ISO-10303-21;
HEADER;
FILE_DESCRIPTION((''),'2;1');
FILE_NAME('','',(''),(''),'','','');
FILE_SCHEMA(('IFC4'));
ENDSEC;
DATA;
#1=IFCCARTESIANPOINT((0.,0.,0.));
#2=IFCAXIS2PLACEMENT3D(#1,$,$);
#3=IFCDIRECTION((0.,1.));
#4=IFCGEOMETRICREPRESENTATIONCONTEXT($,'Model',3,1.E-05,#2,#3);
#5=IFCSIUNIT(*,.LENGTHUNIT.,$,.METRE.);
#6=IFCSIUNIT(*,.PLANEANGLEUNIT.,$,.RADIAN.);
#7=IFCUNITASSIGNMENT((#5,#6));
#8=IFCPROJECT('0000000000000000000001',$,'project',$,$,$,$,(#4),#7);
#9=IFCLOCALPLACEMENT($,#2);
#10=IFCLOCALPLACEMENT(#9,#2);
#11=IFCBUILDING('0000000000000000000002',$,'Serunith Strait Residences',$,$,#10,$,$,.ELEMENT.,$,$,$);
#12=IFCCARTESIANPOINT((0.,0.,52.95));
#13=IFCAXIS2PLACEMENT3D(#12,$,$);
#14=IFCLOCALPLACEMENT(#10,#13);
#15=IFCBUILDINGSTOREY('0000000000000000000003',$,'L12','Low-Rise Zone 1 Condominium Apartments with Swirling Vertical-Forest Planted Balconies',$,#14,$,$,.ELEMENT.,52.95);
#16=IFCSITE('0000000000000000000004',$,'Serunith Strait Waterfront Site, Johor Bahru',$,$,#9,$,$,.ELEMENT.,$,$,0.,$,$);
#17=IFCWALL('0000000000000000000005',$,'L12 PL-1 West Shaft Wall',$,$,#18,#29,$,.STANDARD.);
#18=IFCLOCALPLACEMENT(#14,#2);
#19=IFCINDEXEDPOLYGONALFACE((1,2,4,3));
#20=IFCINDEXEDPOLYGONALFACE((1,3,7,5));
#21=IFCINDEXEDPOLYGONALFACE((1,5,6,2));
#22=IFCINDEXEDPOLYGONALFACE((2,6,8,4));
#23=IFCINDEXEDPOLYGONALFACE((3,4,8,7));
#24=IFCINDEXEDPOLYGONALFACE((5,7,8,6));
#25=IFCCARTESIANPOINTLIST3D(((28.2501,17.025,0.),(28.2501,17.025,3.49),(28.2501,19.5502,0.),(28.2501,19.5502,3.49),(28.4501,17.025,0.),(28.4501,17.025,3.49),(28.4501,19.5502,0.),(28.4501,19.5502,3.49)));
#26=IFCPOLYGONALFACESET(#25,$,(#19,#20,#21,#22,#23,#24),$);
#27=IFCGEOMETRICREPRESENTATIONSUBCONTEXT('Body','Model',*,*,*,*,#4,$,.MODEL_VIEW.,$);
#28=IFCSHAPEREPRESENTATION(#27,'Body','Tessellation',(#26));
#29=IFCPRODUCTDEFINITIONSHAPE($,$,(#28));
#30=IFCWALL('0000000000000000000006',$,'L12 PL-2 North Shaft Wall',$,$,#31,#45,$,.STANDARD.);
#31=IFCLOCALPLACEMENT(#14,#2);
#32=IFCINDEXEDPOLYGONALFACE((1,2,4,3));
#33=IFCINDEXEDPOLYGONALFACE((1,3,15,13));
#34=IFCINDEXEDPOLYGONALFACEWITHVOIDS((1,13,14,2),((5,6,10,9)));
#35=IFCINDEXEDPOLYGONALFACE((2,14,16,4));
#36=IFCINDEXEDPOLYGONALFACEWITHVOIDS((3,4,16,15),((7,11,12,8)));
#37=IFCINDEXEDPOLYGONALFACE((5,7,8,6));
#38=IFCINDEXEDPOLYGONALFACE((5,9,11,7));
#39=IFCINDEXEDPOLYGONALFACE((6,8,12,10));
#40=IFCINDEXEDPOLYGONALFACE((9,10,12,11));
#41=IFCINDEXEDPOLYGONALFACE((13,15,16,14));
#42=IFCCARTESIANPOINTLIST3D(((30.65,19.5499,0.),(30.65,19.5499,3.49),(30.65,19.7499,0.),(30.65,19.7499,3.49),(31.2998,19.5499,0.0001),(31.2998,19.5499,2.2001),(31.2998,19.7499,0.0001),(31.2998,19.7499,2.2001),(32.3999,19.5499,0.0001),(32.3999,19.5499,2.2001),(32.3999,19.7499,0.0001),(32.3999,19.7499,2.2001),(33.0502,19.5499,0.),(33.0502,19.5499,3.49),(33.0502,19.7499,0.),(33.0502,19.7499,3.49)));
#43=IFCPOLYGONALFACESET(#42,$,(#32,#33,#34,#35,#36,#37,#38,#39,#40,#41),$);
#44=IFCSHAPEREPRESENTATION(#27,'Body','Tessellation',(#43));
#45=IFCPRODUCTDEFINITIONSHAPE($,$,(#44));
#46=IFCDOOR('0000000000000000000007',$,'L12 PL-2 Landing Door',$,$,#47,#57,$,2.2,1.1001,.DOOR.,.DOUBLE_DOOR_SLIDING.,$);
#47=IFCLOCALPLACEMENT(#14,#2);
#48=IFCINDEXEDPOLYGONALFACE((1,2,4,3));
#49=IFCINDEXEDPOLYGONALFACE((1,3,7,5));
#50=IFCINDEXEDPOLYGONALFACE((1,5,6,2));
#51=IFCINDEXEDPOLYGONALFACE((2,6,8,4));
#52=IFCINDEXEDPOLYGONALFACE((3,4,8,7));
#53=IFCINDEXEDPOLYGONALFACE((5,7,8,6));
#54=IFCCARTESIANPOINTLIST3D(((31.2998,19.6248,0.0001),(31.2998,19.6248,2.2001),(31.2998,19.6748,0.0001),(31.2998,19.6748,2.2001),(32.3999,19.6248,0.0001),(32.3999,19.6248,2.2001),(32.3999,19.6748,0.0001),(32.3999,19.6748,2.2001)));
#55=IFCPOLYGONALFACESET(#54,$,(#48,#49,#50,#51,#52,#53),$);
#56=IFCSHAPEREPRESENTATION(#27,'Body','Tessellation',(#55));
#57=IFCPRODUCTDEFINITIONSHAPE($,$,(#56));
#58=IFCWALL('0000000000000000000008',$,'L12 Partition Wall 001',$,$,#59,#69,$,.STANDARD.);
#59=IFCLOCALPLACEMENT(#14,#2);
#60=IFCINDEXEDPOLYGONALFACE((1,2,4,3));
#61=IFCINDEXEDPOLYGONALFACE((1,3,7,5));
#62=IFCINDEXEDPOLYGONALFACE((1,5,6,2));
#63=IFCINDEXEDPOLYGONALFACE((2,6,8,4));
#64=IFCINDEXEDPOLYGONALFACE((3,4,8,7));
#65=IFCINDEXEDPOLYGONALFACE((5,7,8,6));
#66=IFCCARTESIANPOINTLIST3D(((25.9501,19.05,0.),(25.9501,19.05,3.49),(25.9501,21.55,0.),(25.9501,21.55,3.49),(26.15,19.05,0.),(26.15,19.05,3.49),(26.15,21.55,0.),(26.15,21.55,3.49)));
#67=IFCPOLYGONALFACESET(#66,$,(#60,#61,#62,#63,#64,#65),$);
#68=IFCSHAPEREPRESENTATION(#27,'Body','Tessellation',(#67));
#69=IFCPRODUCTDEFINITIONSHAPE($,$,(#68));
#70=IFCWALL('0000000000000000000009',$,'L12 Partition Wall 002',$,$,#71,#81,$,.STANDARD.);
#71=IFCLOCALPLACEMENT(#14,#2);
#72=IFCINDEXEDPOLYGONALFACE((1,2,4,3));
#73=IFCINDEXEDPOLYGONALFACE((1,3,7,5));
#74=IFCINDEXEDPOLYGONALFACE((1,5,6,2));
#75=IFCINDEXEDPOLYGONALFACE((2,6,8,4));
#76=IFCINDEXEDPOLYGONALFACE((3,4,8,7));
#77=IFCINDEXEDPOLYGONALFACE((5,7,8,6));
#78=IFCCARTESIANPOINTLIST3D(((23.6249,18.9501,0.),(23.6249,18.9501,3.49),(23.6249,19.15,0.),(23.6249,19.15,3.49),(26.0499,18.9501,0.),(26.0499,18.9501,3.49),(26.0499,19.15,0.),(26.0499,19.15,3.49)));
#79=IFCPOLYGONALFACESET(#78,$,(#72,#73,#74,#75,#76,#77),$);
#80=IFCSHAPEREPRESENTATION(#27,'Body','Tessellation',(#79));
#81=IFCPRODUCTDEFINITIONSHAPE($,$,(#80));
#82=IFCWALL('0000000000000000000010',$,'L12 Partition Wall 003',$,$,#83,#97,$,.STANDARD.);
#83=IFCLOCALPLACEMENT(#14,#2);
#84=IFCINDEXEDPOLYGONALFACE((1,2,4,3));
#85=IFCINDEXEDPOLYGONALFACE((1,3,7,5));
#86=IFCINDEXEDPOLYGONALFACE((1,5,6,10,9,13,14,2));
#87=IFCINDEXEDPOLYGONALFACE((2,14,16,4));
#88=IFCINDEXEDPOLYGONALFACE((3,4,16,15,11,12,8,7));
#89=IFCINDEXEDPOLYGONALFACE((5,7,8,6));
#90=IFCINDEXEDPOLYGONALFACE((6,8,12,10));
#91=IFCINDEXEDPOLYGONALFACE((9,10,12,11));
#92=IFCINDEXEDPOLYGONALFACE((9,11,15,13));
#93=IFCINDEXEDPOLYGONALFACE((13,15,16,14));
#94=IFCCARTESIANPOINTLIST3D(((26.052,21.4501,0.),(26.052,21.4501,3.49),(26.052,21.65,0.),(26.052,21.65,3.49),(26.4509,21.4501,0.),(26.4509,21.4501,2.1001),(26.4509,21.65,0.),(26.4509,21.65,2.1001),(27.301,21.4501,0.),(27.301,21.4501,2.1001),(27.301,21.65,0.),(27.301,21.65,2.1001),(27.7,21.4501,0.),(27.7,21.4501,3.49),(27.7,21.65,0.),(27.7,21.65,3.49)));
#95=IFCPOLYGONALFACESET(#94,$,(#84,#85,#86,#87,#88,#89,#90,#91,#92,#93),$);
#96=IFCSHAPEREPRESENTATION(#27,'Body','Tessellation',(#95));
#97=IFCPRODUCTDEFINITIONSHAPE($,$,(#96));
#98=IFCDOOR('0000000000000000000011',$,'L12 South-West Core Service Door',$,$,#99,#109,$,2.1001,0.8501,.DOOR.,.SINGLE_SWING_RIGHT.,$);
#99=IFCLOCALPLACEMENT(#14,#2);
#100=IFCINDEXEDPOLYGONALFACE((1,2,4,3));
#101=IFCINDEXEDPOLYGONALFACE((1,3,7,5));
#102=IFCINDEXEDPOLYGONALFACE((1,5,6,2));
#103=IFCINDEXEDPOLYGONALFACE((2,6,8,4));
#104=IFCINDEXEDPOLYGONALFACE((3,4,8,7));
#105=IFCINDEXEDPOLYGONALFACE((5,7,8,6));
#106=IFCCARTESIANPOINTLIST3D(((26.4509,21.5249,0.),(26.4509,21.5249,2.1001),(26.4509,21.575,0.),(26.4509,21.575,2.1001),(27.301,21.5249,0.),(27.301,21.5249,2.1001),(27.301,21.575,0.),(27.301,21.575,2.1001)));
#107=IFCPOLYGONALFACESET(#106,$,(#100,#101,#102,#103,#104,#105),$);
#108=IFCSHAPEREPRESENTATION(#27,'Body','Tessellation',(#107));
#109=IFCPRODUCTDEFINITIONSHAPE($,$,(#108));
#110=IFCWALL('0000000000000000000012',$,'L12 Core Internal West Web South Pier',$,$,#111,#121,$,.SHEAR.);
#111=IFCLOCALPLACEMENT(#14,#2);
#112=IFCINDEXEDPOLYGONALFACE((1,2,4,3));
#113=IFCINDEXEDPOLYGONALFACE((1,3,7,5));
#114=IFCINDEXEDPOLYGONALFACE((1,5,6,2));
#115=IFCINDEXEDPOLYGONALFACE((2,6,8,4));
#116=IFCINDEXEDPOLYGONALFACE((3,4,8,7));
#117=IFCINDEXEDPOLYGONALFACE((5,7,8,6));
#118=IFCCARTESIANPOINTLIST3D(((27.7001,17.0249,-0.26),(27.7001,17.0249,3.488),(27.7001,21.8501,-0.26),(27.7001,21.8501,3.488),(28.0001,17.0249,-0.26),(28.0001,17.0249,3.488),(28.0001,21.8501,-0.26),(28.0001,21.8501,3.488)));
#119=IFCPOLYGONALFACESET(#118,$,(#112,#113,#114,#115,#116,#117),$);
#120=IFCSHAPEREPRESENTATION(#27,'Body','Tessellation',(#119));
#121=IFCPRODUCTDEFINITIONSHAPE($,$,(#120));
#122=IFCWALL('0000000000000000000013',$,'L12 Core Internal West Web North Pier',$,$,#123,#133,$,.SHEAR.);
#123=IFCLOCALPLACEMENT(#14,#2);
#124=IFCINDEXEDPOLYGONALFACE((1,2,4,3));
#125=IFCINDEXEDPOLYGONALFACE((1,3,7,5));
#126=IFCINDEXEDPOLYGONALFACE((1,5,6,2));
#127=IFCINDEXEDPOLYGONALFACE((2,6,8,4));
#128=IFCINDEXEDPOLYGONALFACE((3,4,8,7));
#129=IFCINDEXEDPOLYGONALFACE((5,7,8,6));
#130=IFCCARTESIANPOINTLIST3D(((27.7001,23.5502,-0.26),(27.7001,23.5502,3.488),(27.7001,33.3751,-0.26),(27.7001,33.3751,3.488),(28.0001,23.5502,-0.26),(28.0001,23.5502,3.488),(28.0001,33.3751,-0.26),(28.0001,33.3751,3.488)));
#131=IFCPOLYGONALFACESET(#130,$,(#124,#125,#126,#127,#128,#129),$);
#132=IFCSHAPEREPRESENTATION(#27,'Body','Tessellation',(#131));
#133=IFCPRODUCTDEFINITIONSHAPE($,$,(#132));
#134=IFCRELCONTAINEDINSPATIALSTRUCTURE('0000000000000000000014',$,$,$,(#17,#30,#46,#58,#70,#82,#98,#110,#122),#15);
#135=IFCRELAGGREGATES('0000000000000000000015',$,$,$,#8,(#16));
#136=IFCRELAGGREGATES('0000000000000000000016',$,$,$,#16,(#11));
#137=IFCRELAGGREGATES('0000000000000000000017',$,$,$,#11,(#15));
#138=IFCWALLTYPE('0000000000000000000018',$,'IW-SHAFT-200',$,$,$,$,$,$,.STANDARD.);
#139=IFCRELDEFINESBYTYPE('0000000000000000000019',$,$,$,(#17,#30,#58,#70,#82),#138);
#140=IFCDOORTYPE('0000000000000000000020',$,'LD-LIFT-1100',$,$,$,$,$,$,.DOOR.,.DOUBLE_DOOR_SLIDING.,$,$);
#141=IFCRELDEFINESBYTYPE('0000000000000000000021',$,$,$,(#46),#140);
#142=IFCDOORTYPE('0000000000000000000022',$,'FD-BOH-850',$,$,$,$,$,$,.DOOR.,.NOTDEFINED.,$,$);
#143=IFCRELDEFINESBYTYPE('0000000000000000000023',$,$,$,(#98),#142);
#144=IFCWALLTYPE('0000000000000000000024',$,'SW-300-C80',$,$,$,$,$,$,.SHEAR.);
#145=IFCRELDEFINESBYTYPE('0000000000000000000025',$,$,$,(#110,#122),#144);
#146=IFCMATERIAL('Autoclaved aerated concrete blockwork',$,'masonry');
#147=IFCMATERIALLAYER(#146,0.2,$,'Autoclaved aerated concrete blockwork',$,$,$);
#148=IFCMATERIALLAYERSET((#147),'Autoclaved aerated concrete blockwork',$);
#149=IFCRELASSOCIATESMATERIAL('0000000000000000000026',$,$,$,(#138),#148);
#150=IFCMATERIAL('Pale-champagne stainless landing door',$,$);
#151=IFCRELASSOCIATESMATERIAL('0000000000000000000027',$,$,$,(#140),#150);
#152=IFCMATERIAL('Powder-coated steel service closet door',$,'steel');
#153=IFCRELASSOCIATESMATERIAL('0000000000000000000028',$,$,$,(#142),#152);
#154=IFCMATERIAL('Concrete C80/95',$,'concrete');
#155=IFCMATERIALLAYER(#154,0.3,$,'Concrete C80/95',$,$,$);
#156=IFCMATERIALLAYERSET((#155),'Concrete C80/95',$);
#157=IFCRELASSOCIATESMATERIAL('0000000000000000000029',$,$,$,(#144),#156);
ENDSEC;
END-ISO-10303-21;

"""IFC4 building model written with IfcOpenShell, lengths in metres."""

from ifc_helpers import new_model, si_unit, direction, frame, frame_2d, origin, place, context, subcontext, project, spatial, rectangle, extrude, source, transform, mapped, material, layer, layer_set, type_object, element, fill, save


model = new_model("IFC4")

# Units and contexts
model_context = context("Model", 3, precision=1e-05, world=origin(), true_north=direction((0.0, 1.0)))
body_context = subcontext(model_context, "Body", "Model", "MODEL_VIEW")
ifc_project = project(units=[si_unit("LENGTHUNIT", "METRE"), si_unit("PLANEANGLEUNIT", "RADIAN")], contexts=[model_context])

# Site, building, storey
site_placement = place(None, origin())
site = spatial("IfcSite", under=ifc_project, at=site_placement, Name="Serunith Strait Waterfront Site, Johor Bahru", CompositionType="ELEMENT", RefElevation=0.0)
building_placement = place(site_placement, origin())
building = spatial("IfcBuilding", under=site, at=building_placement, Name="Serunith Strait Residences", CompositionType="ELEMENT")
storey_placement = place(building_placement, frame((0.0, 0.0, 52.95)))
storey = spatial("IfcBuildingStorey", under=building, at=storey_placement, Name="L12", Description="Low-Rise Zone 1 Condominium Apartments with Swirling Vertical-Forest Planted Balconies", CompositionType="ELEMENT", Elevation=52.95)

# Shared definitions
ifc_material_1 = material(Name="Autoclaved aerated concrete blockwork", Category="masonry")
ifc_layer_1 = layer(ifc_material_1, 0.2, Name="Autoclaved aerated concrete blockwork")
ifc_layer_set_1 = layer_set([ifc_layer_1], Name="Autoclaved aerated concrete blockwork")
wall_type_1 = type_object("IfcWallType", Name="IW-SHAFT-200", PredefinedType="STANDARD", material=ifc_layer_set_1)
ifc_material_2 = material(Name="Pale-champagne stainless landing door")
door_type_1 = type_object("IfcDoorType", Name="LD-LIFT-1100", OperationType="DOUBLE_DOOR_SLIDING", PredefinedType="DOOR", material=ifc_material_2)
shared_shape_1 = source(origin(), body_context, "Body", "SweptSolid", [
    extrude(rectangle(XDim=1.1001, YDim=2.2, at=frame_2d((0.55, 1.1001))), frame((0.0, 0.0249, 0.0), z_axis=(0.0, -1.0, 0.0), x_axis=(1.0, 0.0, 0.0)), (0.0, 0.0, 1.0), 0.05),
])

# Wall
wall_1_placement = place(storey_placement, frame((28.3501, 17.0249, 0.0), z_axis=(0.0, 0.0, 1.0), x_axis=(0.0, 1.0, 0.0)))
element("IfcWall", 1, at=wall_1_placement, inside=storey, type_object=wall_type_1, Name="L12 PL-1 West Shaft Wall", PredefinedType="STANDARD", context=body_context, shape_type="SweptSolid", body=[
    extrude(rectangle(XDim=2.5251, YDim=0.2, at=frame_2d((1.2627, 0.0))), origin(), (0.0, 0.0, 1.0), 3.49),
])

# Wall, opening, door
wall_2_placement = place(storey_placement, frame((30.6499, 19.6499, 0.0), z_axis=(0.0, 0.0, 1.0), x_axis=(1.0, 0.0, 0.0)))
wall_2 = element("IfcWall", 2, at=wall_2_placement, inside=storey, type_object=wall_type_1, Name="L12 PL-2 North Shaft Wall", PredefinedType="STANDARD", context=body_context, shape_type="SweptSolid", body=[
    extrude(rectangle(XDim=2.4001, YDim=0.2, at=frame_2d((1.2002, 0.0))), origin(), (0.0, 0.0, 1.0), 3.49),
])
opening_1_placement = place(wall_2_placement, frame((0.6499, 0.0, 0.0)))
opening_1 = element("IfcOpeningElement", 3, at=opening_1_placement, cuts=wall_2, PredefinedType="OPENING", context=body_context, shape_type="SweptSolid", body=[
    extrude(rectangle(XDim=1.1001, YDim=2.2, at=frame_2d((0.55, 1.1001))), frame((0.0, 0.1099, 0.0), z_axis=(0.0, -1.0, 0.0), x_axis=(1.0, 0.0, 0.0)), (0.0, 0.0, 1.0), 0.22),
])
door_1_placement = place(opening_1_placement, origin())
door_1 = element("IfcDoor", 4, at=door_1_placement, inside=storey, type_object=door_type_1, Name="L12 PL-2 Landing Door", OperationType="DOUBLE_DOOR_SLIDING", OverallHeight=2.2, OverallWidth=1.1001, PredefinedType="DOOR", context=body_context, shape_type="MappedRepresentation", body=[
    mapped(shared_shape_1, transform((0.0, 0.0, 0.0), scale=1.0)),
])
fill(opening_1, door_1)

# Walls
wall_3_placement = place(storey_placement, frame((26.05, 19.05, 0.0), z_axis=(0.0, 0.0, 1.0), x_axis=(0.0, 1.0, 0.0)))
element("IfcWall", 5, at=wall_3_placement, inside=storey, type_object=wall_type_1, Name="L12 Partition Wall 001", PredefinedType="STANDARD", context=body_context, shape_type="SweptSolid", body=[
    extrude(rectangle(XDim=2.5, YDim=0.2, at=frame_2d((1.25, 0.0))), origin(), (0.0, 0.0, 1.0), 3.49),
])
wall_4_placement = place(storey_placement, frame((23.625, 19.05, 0.0), z_axis=(0.0, 0.0, 1.0), x_axis=(1.0, 0.0, 0.0)))
element("IfcWall", 6, at=wall_4_placement, inside=storey, type_object=wall_type_1, Name="L12 Partition Wall 002", PredefinedType="STANDARD", context=body_context, shape_type="SweptSolid", body=[
    extrude(rectangle(XDim=2.425, YDim=0.2, at=frame_2d((1.2124, 0.0))), origin(), (0.0, 0.0, 1.0), 3.49),
])

# Wall, opening, door
wall_5_placement = place(storey_placement, frame((26.052, 21.55, 0.0), z_axis=(0.0, 0.0, 1.0), x_axis=(1.0, 0.0, 0.0)))
wall_5 = element("IfcWall", 7, at=wall_5_placement, inside=storey, type_object=wall_type_1, Name="L12 Partition Wall 003", PredefinedType="STANDARD", context=body_context, shape_type="SweptSolid", body=[
    extrude(rectangle(XDim=1.6479, YDim=0.2, at=frame_2d((0.824, 0.0))), origin(), (0.0, 0.0, 1.0), 3.49),
])
opening_2_placement = place(wall_5_placement, frame((0.3989, 0.0, 0.0)))
opening_2 = element("IfcOpeningElement", 8, at=opening_2_placement, cuts=wall_5, PredefinedType="OPENING", context=body_context, shape_type="SweptSolid", body=[
    extrude(rectangle(XDim=0.8501, YDim=2.1001, at=frame_2d((0.425, 1.05))), frame((0.0, 0.1099, 0.0), z_axis=(0.0, -1.0, 0.0), x_axis=(1.0, 0.0, 0.0)), (0.0, 0.0, 1.0), 0.22),
])
ifc_material_3 = material(Name="Powder-coated steel service closet door", Category="steel")
door_type_2 = type_object("IfcDoorType", Name="FD-BOH-850", OperationType="NOTDEFINED", PredefinedType="DOOR", material=ifc_material_3)
shared_shape_2 = source(origin(), body_context, "Body", "SweptSolid", [
    extrude(rectangle(XDim=0.8501, YDim=2.1001, at=frame_2d((0.425, 1.05))), frame((0.0, 0.0249, 0.0), z_axis=(0.0, -1.0, 0.0), x_axis=(1.0, 0.0, 0.0)), (0.0, 0.0, 1.0), 0.05),
])
door_2_placement = place(opening_2_placement, origin())
door_2 = element("IfcDoor", 9, at=door_2_placement, inside=storey, type_object=door_type_2, Name="L12 South-West Core Service Door", OperationType="SINGLE_SWING_RIGHT", OverallHeight=2.1001, OverallWidth=0.8501, PredefinedType="DOOR", context=body_context, shape_type="MappedRepresentation", body=[
    mapped(shared_shape_2, transform((0.0, 0.0, 0.0), scale=1.0)),
])
fill(opening_2, door_2)

# Walls
ifc_material_4 = material(Name="Concrete C80/95", Category="concrete")
ifc_layer_2 = layer(ifc_material_4, 0.3, Name="Concrete C80/95")
ifc_layer_set_2 = layer_set([ifc_layer_2], Name="Concrete C80/95")
wall_type_2 = type_object("IfcWallType", Name="SW-300-C80", PredefinedType="SHEAR", material=ifc_layer_set_2)
wall_6_placement = place(storey_placement, frame((27.8501, 17.0249, -0.26), z_axis=(0.0, 0.0, 1.0), x_axis=(0.0, 1.0, 0.0)))
element("IfcWall", 10, at=wall_6_placement, inside=storey, type_object=wall_type_2, Name="L12 Core Internal West Web South Pier", PredefinedType="SHEAR", context=body_context, shape_type="SweptSolid", body=[
    extrude(rectangle(XDim=4.8252, YDim=0.3, at=frame_2d((2.4126, 0.0))), origin(), (0.0, 0.0, 1.0), 3.748),
])
wall_7_placement = place(storey_placement, frame((27.8501, 23.55, -0.26), z_axis=(0.0, 0.0, 1.0), x_axis=(0.0, 1.0, 0.0)))
element("IfcWall", 11, at=wall_7_placement, inside=storey, type_object=wall_type_2, Name="L12 Core Internal West Web North Pier", PredefinedType="SHEAR", context=body_context, shape_type="SweptSolid", body=[
    extrude(rectangle(XDim=9.825, YDim=0.3, at=frame_2d((4.9126, 0.0))), origin(), (0.0, 0.0, 1.0), 3.748),
])

save(model, "model.ifc")
